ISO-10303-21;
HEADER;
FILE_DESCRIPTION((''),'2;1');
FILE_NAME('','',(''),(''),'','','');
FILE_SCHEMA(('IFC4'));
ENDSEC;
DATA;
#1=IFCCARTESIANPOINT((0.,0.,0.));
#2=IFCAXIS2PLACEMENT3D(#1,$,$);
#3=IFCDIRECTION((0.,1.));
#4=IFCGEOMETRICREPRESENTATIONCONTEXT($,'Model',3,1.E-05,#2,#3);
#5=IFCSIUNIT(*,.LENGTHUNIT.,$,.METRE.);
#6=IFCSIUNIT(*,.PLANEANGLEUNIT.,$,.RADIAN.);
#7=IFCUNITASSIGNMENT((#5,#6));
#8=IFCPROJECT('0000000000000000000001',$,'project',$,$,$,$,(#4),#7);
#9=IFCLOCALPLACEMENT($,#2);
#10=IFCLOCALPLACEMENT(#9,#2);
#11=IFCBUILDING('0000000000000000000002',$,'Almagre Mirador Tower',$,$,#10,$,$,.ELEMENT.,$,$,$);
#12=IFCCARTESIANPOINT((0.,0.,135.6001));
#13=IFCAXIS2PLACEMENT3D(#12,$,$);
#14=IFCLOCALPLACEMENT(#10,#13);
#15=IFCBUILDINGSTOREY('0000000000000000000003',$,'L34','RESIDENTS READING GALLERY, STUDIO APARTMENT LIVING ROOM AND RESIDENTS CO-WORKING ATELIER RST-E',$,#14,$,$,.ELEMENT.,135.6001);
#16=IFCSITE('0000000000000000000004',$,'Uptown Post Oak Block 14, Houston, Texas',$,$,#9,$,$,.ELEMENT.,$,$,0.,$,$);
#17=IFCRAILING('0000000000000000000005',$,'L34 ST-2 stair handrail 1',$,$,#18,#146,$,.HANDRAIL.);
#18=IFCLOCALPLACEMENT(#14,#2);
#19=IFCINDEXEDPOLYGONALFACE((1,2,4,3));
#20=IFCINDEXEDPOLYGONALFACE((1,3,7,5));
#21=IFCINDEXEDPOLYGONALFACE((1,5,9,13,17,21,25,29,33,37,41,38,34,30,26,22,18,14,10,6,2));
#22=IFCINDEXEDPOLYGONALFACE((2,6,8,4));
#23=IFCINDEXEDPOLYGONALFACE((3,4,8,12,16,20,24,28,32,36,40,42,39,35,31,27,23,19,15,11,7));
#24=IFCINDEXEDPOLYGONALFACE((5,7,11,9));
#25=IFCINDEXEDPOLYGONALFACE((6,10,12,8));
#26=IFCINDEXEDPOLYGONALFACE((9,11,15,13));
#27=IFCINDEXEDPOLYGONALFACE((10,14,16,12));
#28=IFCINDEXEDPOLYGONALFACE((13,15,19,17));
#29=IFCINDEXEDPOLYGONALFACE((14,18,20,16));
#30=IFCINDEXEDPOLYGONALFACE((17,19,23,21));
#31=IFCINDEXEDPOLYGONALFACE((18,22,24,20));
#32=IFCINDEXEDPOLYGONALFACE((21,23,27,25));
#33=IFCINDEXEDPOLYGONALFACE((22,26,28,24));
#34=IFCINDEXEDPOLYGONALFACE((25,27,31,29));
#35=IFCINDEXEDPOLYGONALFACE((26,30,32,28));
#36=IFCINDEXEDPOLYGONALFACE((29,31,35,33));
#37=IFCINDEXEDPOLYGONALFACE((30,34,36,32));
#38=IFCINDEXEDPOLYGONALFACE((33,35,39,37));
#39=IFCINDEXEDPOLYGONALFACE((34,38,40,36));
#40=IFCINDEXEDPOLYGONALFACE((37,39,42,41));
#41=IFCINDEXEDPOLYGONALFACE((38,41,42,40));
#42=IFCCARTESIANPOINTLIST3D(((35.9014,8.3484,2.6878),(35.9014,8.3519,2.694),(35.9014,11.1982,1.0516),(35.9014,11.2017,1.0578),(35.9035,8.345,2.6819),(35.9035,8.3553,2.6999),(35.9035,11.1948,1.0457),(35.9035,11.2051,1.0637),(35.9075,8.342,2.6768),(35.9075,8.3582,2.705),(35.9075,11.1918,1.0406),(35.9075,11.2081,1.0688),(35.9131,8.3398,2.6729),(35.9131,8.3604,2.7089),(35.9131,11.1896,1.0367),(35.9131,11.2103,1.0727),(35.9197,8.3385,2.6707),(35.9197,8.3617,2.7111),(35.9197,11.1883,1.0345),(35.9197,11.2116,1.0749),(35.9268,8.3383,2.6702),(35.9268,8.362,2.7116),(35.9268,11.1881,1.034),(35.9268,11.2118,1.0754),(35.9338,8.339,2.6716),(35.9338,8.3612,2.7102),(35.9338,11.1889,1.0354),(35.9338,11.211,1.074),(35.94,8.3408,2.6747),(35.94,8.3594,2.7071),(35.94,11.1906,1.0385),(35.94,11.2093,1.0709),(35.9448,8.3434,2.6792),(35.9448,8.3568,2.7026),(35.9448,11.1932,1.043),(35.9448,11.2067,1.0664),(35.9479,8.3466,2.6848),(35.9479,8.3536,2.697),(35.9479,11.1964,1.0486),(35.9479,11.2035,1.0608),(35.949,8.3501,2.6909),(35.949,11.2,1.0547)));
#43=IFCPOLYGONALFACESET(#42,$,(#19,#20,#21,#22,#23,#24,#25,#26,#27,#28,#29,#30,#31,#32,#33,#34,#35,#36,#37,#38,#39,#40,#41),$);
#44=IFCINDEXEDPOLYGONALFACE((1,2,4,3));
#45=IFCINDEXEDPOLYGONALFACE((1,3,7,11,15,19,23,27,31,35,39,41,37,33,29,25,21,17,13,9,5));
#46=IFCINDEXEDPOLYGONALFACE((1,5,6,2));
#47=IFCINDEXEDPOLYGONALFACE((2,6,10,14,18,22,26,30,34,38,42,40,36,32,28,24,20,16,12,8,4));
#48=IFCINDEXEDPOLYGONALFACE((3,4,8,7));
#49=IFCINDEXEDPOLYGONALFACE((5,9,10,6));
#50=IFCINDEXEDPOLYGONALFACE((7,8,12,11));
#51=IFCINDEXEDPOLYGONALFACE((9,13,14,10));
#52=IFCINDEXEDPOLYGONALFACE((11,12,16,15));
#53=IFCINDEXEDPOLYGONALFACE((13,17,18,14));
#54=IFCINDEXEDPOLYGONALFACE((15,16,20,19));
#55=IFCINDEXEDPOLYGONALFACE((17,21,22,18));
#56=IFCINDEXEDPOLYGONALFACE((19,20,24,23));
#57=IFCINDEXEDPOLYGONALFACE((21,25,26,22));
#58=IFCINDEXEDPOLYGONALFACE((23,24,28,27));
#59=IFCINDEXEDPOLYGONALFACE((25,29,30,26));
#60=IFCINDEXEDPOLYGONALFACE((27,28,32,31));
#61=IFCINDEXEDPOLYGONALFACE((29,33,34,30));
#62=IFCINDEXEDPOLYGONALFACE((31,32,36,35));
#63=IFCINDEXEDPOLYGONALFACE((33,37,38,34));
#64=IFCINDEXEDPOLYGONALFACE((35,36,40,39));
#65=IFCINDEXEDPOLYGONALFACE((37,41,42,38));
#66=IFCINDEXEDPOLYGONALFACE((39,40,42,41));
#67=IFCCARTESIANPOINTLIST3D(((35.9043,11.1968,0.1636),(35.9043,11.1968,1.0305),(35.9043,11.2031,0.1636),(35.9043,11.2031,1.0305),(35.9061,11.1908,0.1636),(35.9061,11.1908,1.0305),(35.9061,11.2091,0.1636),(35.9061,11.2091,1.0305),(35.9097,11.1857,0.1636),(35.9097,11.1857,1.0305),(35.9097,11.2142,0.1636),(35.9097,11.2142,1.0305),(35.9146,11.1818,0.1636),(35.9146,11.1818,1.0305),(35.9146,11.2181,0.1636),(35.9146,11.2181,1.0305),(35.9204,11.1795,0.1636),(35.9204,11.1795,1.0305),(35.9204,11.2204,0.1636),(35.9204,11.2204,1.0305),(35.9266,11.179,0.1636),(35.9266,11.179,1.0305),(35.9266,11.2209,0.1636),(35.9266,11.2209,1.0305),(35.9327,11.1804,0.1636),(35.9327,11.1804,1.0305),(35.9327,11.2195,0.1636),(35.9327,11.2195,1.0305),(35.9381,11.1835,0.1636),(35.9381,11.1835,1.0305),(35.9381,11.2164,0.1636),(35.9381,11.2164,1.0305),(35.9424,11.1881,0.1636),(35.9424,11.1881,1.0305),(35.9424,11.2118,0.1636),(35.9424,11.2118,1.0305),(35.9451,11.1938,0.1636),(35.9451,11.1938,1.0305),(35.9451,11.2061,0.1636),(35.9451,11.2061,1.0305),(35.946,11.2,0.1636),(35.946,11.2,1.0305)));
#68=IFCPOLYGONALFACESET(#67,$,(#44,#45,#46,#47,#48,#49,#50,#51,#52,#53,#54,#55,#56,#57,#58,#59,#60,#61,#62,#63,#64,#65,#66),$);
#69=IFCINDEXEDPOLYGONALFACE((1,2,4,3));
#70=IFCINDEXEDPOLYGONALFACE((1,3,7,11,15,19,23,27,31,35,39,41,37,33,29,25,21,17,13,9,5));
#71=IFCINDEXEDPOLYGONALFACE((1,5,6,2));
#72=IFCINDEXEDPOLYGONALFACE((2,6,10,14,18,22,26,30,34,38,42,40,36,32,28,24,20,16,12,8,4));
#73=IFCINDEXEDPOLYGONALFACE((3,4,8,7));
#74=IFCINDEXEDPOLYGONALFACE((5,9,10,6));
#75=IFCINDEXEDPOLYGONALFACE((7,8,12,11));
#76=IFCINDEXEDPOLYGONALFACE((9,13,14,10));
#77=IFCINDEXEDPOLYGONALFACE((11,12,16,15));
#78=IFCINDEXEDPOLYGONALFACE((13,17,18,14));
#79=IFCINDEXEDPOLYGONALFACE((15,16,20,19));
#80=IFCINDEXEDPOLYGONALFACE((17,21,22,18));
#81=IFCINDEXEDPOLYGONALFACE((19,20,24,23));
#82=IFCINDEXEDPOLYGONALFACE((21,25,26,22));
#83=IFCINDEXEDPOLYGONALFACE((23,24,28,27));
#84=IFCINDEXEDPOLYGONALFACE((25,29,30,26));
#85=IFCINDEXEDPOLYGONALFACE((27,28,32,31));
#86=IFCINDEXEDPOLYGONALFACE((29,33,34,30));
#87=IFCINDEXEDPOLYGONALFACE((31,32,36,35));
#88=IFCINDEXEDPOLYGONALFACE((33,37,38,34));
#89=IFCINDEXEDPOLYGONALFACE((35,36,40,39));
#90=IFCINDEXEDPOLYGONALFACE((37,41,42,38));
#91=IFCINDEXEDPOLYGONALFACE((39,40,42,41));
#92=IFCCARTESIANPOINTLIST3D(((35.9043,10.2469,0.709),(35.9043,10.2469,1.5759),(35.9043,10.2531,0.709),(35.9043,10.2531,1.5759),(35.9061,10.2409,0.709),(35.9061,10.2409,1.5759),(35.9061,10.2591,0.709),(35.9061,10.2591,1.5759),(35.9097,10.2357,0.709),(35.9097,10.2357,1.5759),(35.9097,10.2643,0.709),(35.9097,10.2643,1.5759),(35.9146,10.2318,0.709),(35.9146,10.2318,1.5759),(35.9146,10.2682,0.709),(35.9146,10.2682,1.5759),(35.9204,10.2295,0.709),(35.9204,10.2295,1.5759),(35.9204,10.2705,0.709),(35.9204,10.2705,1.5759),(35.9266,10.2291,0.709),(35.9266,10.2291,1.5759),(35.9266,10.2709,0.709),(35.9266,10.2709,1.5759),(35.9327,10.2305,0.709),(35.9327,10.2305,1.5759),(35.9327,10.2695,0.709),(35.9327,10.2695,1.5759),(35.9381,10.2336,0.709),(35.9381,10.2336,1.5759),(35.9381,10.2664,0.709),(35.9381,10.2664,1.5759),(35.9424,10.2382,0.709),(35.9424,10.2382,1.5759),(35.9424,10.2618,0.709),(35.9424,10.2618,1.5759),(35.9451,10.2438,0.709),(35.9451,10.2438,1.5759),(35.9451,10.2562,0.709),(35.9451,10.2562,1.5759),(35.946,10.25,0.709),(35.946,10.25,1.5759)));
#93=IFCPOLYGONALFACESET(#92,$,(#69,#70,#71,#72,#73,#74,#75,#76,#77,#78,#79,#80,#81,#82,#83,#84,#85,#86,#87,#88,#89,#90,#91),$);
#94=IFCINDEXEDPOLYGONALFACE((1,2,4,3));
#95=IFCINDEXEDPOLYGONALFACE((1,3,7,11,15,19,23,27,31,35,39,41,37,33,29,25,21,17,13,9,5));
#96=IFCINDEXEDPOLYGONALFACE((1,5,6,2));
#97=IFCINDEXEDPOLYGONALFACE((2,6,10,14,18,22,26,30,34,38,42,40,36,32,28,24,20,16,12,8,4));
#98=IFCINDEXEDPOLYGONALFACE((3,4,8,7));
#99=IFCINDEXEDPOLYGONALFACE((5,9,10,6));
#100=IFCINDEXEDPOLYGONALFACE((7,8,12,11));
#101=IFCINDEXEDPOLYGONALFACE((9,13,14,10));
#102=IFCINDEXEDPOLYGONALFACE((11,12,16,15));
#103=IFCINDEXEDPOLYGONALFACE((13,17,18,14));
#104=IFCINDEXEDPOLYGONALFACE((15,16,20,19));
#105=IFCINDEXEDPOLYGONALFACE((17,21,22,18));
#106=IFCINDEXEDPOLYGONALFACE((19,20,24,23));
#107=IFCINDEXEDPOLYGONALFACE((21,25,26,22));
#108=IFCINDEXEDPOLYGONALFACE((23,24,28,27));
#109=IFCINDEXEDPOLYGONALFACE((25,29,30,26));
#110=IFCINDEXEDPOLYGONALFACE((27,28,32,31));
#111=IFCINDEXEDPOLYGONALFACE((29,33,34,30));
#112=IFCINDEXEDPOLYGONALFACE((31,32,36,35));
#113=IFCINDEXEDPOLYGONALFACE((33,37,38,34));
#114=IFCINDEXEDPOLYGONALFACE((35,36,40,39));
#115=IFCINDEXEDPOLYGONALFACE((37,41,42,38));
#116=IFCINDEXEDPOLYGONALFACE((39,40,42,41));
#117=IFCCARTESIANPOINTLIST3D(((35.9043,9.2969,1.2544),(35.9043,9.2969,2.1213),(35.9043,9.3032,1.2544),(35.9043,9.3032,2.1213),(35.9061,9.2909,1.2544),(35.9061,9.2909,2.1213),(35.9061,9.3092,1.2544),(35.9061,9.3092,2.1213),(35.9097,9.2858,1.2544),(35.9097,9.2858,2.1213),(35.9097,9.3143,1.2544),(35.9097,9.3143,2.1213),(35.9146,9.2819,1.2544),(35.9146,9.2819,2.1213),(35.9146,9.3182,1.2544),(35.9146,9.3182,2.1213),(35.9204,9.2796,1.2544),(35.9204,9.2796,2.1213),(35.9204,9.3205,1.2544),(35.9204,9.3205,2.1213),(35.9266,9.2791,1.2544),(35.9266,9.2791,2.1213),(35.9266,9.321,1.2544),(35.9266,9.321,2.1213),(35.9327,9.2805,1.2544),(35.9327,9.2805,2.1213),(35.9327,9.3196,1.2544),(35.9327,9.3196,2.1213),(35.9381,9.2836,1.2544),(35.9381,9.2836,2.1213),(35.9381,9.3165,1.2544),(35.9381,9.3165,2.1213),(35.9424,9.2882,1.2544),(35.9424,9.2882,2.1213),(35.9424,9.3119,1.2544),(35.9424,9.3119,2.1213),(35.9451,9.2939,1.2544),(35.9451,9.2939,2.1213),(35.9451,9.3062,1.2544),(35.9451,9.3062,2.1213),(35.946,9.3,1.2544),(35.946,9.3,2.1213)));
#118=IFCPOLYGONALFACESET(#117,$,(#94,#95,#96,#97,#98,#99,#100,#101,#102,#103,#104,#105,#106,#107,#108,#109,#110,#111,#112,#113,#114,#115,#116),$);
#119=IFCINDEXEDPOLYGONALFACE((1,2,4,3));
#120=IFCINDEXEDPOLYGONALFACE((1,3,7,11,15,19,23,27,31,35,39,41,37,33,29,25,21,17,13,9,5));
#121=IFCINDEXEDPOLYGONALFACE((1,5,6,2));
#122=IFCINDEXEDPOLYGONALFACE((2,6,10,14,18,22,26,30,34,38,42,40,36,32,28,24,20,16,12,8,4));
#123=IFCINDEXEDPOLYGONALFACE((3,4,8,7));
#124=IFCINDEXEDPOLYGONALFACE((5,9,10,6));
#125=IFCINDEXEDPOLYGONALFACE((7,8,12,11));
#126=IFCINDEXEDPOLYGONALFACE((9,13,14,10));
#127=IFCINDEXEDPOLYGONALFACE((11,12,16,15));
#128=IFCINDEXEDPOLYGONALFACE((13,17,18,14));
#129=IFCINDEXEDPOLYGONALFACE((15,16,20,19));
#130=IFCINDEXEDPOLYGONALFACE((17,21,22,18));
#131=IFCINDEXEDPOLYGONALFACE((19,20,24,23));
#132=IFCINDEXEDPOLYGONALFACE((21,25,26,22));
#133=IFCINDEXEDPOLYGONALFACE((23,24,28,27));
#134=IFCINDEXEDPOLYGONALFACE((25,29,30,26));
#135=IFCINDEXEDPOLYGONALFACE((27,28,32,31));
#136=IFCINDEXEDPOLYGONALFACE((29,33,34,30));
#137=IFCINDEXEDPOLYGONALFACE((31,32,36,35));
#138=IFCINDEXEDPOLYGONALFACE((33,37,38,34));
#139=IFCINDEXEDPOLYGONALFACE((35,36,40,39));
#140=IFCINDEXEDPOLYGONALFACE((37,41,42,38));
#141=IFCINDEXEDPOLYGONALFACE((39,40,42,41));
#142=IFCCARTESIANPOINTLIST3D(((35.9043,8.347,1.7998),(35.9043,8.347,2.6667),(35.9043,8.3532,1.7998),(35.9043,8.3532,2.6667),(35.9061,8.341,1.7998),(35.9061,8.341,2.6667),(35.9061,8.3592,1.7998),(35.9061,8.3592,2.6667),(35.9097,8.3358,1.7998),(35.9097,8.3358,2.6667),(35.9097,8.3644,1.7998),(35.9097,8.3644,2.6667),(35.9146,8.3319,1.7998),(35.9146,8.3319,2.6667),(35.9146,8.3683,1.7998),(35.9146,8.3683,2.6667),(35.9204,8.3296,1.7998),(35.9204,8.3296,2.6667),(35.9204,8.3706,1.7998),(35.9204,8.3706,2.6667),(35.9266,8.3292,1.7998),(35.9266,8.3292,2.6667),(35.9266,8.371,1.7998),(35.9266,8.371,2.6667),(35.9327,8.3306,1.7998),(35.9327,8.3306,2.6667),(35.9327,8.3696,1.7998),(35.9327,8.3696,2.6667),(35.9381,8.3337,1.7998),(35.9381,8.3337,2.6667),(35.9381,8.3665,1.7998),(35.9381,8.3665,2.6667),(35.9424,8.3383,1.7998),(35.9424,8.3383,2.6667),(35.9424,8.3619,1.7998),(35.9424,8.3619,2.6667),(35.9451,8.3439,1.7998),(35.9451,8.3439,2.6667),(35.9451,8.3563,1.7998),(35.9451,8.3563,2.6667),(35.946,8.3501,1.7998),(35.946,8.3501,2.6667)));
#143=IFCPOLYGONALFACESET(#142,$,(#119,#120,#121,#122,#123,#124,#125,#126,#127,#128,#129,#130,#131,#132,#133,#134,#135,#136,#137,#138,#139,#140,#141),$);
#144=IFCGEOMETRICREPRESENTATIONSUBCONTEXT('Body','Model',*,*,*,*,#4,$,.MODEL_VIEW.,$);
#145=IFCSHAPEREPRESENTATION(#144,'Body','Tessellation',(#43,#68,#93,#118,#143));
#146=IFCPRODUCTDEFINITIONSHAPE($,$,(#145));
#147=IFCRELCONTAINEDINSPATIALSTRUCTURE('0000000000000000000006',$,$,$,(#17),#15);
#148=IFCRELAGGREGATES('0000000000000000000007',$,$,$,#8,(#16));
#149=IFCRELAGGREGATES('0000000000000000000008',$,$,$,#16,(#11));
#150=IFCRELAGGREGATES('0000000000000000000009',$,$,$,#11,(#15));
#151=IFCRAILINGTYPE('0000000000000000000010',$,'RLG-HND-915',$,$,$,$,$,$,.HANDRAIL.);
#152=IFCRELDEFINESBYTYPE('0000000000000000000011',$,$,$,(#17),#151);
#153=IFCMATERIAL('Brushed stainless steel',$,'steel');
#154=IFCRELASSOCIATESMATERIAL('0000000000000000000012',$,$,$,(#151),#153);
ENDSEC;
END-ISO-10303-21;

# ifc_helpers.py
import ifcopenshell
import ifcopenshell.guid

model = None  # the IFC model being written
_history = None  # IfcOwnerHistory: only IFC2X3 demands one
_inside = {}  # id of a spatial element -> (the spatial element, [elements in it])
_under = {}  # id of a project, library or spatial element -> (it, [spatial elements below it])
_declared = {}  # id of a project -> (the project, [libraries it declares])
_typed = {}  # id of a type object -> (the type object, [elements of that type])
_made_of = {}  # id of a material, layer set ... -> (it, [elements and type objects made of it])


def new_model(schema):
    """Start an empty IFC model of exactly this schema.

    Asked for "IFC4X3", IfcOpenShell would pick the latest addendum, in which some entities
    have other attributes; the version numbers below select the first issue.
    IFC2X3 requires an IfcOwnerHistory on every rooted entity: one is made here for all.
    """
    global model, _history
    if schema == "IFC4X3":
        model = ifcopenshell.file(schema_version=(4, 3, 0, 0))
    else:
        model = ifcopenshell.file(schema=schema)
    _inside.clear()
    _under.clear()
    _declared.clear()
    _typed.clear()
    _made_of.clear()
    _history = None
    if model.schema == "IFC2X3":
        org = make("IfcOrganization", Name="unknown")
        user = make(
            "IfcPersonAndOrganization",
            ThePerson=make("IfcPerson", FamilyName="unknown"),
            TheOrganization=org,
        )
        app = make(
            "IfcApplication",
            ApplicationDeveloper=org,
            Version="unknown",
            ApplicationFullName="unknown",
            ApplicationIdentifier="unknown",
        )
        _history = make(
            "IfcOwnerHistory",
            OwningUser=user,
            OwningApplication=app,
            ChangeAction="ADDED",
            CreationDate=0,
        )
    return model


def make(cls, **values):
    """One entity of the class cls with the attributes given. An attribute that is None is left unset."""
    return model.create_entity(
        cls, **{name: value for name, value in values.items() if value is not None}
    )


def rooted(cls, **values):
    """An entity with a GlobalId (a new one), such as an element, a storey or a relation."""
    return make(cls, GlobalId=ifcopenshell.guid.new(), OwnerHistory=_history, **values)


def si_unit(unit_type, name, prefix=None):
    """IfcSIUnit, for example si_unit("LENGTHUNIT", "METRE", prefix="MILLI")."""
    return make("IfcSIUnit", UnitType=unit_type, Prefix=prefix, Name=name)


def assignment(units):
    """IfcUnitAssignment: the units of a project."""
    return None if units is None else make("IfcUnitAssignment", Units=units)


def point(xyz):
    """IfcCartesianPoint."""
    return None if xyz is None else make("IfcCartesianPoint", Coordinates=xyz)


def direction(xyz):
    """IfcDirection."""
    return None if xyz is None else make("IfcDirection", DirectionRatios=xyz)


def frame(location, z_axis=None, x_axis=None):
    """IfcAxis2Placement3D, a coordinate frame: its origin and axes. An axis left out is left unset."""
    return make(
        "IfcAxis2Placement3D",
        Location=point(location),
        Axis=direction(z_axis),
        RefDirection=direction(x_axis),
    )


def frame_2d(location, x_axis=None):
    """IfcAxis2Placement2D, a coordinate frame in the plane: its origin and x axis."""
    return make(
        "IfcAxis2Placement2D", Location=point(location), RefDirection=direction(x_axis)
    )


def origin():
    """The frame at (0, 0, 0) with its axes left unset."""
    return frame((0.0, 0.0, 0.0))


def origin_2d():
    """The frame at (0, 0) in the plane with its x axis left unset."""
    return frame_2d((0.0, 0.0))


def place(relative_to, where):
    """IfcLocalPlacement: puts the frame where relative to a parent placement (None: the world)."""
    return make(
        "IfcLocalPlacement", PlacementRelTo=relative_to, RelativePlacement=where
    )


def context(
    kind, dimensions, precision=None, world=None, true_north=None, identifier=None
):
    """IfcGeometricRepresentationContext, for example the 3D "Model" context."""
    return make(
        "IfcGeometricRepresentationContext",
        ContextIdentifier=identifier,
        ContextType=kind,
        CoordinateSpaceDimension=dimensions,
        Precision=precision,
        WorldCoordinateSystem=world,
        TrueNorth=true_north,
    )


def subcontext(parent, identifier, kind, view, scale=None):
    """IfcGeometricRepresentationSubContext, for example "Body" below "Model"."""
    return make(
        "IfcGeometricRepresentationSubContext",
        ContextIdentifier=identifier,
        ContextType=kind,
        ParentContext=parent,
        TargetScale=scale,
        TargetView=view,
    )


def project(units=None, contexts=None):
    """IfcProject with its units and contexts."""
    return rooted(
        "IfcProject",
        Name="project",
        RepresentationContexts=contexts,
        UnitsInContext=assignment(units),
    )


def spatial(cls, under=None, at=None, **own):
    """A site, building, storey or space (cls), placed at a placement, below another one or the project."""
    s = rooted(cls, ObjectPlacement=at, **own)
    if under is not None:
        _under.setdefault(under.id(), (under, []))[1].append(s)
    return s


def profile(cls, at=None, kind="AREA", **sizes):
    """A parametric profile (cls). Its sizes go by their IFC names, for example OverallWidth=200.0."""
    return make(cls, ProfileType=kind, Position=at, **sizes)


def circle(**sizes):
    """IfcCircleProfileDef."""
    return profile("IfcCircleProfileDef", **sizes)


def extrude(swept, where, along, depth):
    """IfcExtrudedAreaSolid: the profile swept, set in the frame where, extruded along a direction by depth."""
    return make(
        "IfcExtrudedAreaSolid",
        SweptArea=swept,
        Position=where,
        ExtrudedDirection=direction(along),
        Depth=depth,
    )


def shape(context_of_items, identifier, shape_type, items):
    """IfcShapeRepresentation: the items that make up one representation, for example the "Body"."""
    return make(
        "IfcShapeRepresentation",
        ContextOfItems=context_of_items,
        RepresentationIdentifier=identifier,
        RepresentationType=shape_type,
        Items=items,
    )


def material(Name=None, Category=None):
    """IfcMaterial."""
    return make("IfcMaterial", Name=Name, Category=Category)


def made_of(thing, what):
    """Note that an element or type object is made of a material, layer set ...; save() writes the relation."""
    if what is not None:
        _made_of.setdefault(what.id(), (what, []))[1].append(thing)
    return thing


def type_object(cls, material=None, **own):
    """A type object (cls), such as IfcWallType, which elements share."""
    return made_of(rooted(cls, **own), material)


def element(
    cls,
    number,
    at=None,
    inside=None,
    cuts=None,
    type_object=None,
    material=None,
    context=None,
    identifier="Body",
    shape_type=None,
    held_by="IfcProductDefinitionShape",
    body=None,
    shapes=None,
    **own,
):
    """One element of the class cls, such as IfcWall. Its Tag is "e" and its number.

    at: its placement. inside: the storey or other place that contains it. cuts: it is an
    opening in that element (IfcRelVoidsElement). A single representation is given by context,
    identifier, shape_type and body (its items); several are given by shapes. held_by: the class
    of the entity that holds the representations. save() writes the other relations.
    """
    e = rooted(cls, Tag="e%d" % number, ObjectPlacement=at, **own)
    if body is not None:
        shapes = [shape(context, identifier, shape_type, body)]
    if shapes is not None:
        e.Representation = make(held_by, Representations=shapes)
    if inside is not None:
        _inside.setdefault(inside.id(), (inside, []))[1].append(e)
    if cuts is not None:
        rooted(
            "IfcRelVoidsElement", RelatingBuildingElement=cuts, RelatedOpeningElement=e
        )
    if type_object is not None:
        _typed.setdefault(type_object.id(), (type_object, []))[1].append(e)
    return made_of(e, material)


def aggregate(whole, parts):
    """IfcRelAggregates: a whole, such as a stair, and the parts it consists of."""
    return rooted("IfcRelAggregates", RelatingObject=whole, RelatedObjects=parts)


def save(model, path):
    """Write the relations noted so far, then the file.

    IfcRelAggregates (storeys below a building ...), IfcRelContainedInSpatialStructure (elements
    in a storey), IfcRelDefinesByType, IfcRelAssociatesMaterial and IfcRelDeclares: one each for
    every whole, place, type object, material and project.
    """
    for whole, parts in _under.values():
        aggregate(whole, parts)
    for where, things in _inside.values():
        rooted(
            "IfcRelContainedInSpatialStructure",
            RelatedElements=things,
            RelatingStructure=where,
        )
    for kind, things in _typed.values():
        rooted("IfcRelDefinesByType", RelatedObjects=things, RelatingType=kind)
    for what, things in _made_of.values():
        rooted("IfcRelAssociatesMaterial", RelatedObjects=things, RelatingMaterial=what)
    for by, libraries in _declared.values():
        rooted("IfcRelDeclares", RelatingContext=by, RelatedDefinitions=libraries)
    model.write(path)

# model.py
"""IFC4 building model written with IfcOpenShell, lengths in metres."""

from ifc_helpers import new_model, si_unit, direction, frame, origin, origin_2d, place, context, subcontext, project, spatial, circle, extrude, material, type_object, element, save


model = new_model("IFC4")

# Units and contexts
model_context = context("Model", 3, precision=1e-05, world=origin(), true_north=direction((0.0, 1.0)))
body_context = subcontext(model_context, "Body", "Model", "MODEL_VIEW")
ifc_project = project(units=[si_unit("LENGTHUNIT", "METRE"), si_unit("PLANEANGLEUNIT", "RADIAN")], contexts=[model_context])

# Site, building, storey
site_placement = place(None, origin())
site = spatial("IfcSite", under=ifc_project, at=site_placement, Name="Uptown Post Oak Block 14, Houston, Texas", CompositionType="ELEMENT", RefElevation=0.0)
building_placement = place(site_placement, origin())
building = spatial("IfcBuilding", under=site, at=building_placement, Name="Almagre Mirador Tower", CompositionType="ELEMENT")
storey_placement = place(building_placement, frame((0.0, 0.0, 135.6001)))
storey = spatial("IfcBuildingStorey", under=building, at=storey_placement, Name="L34", Description="RESIDENTS READING GALLERY, STUDIO APARTMENT LIVING ROOM AND RESIDENTS CO-WORKING ATELIER RST-E", CompositionType="ELEMENT", Elevation=135.6001)

# Railing
ifc_material_1 = material(Name="Brushed stainless steel", Category="steel")
railing_type_1 = type_object("IfcRailingType", Name="RLG-HND-915", PredefinedType="HANDRAIL", material=ifc_material_1)
railing_1_placement = place(storey_placement, frame((35.925, 11.2, 0.1636)))
element("IfcRailing", 1, at=railing_1_placement, inside=storey, type_object=railing_type_1, Name="L34 ST-2 stair handrail 1", PredefinedType="HANDRAIL", context=body_context, shape_type="SweptSolid", body=[
    extrude(circle(Radius=0.0239, at=origin_2d()), frame((0.0, 0.0, 0.8911), z_axis=(0.0, -0.867226, 0.497914), x_axis=(1.0, 0.0, 0.0)), (0.0, 0.0, 1.0), 3.2861),
    extrude(circle(Radius=0.021, at=origin_2d()), origin(), (0.0, 0.0, 1.0), 0.8669),
    extrude(circle(Radius=0.021, at=origin_2d()), frame((0.0, -0.95, 0.5454)), (0.0, 0.0, 1.0), 0.8669),
    extrude(circle(Radius=0.021, at=origin_2d()), frame((0.0, -1.8999, 1.0908)), (0.0, 0.0, 1.0), 0.8669),
    extrude(circle(Radius=0.021, at=origin_2d()), frame((0.0, -2.8499, 1.6362)), (0.0, 0.0, 1.0), 0.8669),
])

save(model, "model.ifc")
